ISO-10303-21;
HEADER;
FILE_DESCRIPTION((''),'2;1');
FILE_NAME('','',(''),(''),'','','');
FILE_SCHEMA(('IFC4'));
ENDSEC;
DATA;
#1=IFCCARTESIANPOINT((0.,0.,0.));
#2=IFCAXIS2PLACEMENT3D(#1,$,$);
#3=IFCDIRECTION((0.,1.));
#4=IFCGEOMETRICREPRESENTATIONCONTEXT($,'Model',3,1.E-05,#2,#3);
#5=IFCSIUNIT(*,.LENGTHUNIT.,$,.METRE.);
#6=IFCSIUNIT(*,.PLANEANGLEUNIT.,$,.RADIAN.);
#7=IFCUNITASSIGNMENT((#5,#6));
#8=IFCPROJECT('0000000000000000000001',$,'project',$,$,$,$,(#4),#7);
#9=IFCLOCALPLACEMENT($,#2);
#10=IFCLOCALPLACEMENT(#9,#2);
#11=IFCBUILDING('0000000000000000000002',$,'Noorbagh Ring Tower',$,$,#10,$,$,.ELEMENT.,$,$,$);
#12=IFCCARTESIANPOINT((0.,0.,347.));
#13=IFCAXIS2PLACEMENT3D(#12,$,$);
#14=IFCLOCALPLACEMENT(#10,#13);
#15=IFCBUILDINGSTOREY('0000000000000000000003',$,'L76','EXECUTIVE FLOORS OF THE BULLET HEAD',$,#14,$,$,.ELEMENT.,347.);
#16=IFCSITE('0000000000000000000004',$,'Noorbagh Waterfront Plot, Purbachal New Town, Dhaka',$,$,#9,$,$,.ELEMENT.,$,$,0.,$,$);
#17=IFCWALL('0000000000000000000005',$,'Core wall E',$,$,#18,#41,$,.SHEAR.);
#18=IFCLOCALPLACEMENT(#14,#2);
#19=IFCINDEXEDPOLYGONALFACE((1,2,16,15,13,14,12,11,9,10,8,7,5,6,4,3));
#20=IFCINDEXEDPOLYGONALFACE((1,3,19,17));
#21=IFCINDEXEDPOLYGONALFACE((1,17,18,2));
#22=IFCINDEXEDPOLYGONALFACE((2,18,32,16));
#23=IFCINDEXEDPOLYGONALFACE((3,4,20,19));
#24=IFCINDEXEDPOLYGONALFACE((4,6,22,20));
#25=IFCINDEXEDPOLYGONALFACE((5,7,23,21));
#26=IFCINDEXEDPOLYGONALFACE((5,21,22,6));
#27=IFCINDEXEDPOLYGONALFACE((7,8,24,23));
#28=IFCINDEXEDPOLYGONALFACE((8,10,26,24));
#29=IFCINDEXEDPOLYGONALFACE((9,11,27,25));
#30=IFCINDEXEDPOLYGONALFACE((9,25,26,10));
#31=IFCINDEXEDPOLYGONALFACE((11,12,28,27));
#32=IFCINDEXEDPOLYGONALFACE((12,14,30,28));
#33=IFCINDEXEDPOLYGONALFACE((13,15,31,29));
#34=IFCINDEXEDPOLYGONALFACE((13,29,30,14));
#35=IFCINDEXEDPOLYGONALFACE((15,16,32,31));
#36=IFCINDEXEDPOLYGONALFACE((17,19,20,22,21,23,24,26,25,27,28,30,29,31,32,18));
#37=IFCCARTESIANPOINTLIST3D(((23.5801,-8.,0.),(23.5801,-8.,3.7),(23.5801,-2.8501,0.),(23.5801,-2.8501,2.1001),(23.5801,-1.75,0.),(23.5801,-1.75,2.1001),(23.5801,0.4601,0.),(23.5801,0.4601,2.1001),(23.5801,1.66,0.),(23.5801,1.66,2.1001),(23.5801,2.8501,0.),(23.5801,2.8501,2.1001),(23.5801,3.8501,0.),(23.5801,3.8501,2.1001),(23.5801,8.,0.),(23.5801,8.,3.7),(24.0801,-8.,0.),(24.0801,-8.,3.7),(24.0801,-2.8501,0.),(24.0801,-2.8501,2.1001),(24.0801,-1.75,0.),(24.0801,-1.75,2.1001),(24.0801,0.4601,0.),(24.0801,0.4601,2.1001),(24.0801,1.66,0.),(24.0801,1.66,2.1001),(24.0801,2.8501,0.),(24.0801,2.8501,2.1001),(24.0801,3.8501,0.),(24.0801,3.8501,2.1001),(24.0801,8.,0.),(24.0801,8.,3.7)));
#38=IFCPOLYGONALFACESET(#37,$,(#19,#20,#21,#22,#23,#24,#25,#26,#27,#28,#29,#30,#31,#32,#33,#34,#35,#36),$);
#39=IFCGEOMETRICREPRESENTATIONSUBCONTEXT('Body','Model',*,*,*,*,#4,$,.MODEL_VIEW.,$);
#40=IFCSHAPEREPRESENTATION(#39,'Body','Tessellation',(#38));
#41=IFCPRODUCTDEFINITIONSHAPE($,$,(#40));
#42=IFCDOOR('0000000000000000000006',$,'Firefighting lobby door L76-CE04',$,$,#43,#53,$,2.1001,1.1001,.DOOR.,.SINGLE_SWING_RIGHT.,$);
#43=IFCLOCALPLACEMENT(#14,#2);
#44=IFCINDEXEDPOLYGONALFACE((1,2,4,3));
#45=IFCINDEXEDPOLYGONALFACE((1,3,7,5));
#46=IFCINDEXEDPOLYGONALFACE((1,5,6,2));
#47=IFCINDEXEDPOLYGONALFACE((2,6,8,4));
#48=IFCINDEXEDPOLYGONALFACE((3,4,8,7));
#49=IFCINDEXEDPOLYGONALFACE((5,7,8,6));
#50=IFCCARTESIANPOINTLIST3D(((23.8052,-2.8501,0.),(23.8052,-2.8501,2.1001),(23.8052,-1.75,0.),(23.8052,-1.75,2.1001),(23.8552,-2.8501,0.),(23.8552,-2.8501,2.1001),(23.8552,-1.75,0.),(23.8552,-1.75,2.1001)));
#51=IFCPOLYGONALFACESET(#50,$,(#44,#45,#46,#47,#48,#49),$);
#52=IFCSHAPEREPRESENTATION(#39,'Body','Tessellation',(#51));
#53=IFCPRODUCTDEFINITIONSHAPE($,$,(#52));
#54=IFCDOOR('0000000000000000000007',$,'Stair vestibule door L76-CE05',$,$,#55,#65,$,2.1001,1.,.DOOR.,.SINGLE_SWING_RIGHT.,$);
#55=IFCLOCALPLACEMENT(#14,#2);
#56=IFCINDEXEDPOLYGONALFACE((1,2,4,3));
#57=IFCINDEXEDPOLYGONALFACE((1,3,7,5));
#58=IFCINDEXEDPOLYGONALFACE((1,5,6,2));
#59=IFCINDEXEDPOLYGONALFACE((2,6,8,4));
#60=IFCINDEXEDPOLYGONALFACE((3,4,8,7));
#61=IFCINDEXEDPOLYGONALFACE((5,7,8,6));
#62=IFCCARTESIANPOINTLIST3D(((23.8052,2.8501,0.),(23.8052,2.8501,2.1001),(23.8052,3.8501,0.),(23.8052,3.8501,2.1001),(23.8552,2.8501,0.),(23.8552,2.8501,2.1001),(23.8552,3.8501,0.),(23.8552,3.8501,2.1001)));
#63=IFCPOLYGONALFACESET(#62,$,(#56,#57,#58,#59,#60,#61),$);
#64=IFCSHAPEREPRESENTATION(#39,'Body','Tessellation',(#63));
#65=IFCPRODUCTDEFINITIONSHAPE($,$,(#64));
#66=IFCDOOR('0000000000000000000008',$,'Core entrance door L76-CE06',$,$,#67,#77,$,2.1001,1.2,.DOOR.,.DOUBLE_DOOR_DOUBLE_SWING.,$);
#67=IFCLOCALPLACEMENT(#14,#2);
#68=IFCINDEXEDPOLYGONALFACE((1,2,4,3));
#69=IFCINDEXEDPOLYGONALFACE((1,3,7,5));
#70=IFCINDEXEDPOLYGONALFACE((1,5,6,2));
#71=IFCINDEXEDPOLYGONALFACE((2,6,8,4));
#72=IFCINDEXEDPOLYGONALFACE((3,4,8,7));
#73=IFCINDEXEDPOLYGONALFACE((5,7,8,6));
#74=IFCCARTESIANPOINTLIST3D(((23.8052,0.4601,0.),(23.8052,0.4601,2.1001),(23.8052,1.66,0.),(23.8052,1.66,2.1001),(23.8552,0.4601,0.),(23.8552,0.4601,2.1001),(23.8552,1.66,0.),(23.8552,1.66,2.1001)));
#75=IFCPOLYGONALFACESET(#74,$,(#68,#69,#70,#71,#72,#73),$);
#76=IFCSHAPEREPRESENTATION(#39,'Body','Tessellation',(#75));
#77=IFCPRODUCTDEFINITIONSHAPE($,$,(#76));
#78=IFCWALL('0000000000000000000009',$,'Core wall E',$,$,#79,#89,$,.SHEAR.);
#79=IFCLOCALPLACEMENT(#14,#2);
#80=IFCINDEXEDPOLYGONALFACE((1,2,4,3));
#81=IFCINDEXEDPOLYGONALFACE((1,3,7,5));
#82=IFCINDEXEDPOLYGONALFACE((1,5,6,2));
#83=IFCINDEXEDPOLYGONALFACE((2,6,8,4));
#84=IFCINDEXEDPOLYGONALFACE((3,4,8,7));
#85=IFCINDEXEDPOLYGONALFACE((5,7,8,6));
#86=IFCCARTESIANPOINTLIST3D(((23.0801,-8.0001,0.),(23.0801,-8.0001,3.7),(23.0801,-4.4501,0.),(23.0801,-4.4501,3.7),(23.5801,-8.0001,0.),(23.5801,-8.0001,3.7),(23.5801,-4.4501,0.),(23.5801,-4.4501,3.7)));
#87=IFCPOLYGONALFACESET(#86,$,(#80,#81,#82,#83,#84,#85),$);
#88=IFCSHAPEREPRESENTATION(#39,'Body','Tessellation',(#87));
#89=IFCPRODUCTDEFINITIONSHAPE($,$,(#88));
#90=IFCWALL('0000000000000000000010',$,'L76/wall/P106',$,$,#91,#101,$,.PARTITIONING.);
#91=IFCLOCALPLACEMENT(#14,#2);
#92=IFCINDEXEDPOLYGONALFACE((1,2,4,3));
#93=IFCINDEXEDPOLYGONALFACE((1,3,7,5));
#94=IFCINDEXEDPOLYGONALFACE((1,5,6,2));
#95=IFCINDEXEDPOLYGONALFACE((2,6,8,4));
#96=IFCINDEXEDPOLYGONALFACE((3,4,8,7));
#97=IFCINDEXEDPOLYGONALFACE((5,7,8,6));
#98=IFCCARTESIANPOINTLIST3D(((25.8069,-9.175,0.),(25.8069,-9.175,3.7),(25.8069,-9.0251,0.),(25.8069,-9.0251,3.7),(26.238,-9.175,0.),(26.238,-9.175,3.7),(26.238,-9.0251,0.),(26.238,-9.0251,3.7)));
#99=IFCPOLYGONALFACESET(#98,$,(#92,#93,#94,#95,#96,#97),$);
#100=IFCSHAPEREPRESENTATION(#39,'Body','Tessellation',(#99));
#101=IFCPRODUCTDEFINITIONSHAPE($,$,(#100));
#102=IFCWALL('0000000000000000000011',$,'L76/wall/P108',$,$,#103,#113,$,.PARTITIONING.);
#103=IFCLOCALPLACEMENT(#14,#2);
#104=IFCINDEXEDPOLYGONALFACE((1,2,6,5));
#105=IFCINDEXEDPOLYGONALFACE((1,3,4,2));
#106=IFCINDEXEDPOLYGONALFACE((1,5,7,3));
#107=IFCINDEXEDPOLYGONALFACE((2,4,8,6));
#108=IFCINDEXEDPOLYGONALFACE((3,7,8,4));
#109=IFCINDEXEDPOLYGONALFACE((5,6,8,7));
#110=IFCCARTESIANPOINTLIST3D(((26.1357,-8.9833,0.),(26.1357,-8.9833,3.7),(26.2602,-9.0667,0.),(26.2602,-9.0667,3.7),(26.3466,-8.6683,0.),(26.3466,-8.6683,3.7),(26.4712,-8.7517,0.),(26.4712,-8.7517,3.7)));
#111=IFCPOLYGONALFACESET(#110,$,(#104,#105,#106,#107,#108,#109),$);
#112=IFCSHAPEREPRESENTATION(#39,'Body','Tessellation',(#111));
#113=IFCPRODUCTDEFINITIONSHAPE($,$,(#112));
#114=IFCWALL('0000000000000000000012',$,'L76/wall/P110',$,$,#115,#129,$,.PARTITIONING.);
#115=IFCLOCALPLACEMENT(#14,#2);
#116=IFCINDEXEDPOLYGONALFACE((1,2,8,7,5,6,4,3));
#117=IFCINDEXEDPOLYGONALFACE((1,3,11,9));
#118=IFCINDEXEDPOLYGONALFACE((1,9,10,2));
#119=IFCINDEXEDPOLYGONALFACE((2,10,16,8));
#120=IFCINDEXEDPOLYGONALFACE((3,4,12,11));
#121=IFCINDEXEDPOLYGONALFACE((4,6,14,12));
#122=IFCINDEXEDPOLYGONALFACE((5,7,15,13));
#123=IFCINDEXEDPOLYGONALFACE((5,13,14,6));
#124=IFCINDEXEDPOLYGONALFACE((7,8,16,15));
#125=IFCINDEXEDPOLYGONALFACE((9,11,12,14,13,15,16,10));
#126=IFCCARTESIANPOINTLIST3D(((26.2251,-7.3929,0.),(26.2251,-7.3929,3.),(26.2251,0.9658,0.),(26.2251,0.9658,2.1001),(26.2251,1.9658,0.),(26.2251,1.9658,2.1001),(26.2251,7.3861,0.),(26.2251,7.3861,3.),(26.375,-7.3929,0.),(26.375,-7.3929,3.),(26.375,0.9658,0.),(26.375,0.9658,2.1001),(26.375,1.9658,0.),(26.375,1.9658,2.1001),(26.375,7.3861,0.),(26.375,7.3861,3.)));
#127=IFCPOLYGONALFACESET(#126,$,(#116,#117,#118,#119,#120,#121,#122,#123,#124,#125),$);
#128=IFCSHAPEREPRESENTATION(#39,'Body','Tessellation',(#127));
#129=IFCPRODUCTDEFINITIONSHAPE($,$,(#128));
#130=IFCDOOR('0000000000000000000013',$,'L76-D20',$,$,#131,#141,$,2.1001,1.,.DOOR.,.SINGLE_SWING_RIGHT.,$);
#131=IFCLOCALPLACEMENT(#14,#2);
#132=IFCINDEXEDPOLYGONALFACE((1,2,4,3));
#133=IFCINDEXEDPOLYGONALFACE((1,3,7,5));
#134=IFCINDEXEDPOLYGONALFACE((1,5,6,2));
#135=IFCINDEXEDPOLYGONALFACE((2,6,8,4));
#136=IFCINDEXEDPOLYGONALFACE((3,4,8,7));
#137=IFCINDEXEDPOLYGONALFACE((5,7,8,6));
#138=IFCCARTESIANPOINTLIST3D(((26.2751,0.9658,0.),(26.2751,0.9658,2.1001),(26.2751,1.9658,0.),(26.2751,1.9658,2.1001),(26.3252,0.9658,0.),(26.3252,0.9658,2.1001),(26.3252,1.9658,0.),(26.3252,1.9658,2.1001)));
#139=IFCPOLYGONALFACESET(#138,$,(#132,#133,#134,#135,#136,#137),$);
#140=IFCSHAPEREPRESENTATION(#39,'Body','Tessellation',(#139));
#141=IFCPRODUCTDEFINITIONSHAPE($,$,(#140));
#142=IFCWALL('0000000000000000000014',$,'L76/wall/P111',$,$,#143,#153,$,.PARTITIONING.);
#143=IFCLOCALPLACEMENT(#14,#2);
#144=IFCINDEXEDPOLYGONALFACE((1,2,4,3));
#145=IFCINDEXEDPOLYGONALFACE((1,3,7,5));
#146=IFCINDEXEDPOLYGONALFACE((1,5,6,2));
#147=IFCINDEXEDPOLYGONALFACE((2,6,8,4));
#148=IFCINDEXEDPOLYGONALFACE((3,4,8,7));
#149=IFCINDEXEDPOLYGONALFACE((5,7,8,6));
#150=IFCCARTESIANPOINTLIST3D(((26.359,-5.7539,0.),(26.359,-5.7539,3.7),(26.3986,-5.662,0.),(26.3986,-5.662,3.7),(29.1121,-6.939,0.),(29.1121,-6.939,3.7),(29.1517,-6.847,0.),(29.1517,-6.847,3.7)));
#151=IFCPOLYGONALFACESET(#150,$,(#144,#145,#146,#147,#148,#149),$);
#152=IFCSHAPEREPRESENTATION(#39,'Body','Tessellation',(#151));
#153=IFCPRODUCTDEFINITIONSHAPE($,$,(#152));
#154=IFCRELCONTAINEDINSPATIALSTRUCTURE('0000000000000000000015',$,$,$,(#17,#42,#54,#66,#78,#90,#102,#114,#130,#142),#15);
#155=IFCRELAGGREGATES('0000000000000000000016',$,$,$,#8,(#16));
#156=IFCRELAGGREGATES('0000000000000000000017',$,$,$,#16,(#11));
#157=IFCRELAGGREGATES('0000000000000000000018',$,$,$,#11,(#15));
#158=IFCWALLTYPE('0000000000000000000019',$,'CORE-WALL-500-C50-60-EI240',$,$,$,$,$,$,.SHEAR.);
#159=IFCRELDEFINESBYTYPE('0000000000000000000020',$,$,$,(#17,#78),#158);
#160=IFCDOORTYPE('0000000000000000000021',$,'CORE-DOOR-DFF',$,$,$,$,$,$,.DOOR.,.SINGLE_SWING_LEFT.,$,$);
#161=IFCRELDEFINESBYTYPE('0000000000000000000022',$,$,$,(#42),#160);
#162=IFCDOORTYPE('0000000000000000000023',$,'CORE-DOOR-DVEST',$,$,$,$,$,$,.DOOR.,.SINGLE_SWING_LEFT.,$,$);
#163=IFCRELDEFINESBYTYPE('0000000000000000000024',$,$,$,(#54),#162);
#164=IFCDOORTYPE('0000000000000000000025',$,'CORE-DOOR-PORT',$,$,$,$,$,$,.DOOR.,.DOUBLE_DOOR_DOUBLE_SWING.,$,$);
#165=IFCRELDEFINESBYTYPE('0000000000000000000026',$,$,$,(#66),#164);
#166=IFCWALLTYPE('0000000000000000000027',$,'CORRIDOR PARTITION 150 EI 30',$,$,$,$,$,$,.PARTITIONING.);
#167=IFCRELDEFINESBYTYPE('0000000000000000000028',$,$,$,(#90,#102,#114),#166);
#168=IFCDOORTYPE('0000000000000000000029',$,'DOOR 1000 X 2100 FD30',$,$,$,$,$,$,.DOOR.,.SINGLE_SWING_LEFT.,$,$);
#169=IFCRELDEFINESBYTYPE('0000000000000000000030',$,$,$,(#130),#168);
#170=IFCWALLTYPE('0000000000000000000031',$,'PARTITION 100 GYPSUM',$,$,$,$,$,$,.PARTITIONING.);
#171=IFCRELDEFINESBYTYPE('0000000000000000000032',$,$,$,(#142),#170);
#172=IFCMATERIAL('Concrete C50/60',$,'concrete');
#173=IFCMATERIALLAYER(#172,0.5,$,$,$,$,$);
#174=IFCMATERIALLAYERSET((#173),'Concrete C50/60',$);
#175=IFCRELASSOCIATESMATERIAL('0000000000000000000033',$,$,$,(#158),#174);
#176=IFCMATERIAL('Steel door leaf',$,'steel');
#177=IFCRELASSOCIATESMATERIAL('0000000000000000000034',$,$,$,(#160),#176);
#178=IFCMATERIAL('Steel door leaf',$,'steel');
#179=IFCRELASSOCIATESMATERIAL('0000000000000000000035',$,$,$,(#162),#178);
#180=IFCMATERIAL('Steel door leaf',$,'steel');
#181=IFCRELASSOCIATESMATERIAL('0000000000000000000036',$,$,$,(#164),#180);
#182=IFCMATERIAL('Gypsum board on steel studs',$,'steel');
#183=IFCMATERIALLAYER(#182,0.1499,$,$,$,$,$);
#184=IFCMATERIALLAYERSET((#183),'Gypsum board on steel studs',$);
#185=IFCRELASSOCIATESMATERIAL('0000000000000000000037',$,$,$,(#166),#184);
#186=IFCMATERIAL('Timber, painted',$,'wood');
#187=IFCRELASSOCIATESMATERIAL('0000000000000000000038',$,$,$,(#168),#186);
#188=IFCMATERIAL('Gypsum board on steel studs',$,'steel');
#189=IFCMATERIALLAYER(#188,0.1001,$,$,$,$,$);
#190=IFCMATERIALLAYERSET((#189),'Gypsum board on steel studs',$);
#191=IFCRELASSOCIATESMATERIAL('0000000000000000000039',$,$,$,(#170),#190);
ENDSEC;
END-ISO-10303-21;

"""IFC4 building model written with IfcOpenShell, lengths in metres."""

from ifc_helpers import new_model, si_unit, direction, frame, frame_2d, origin, place, context, subcontext, project, spatial, rectangle, extrude, material, layer, layer_set, type_object, element, fill, save


model = new_model("IFC4")

# Units and contexts
model_context = context("Model", 3, precision=1e-05, world=origin(), true_north=direction((0.0, 1.0)))
body_context = subcontext(model_context, "Body", "Model", "MODEL_VIEW")
ifc_project = project(units=[si_unit("LENGTHUNIT", "METRE"), si_unit("PLANEANGLEUNIT", "RADIAN")], contexts=[model_context])

# Site, building, storey
site_placement = place(None, origin())
site = spatial("IfcSite", under=ifc_project, at=site_placement, Name="Noorbagh Waterfront Plot, Purbachal New Town, Dhaka", CompositionType="ELEMENT", RefElevation=0.0)
building_placement = place(site_placement, origin())
building = spatial("IfcBuilding", under=site, at=building_placement, Name="Noorbagh Ring Tower", CompositionType="ELEMENT")
storey_placement = place(building_placement, frame((0.0, 0.0, 347.0)))
storey = spatial("IfcBuildingStorey", under=building, at=storey_placement, Name="L76", Description="EXECUTIVE FLOORS OF THE BULLET HEAD", CompositionType="ELEMENT", Elevation=347.0)

# Shared definitions
ifc_material_1 = material(Name="Concrete C50/60", Category="concrete")
ifc_layer_1 = layer(ifc_material_1, 0.5)
ifc_layer_set_1 = layer_set([ifc_layer_1], Name="Concrete C50/60")
wall_type_1 = type_object("IfcWallType", Name="CORE-WALL-500-C50-60-EI240", PredefinedType="SHEAR", material=ifc_layer_set_1)

# Wall, openings, doors
wall_1_placement = place(storey_placement, frame((23.8301, -8.0, 0.0), z_axis=(0.0, 0.0, 1.0), x_axis=(0.0, 1.0, 0.0)))
wall_1 = element("IfcWall", 1, at=wall_1_placement, inside=storey, type_object=wall_type_1, Name="Core wall E", PredefinedType="SHEAR", context=body_context, shape_type="SweptSolid", body=[
    extrude(rectangle(XDim=16.0, YDim=0.5, at=frame_2d((8.0, 0.0))), origin(), (0.0, 0.0, 1.0), 3.7),
])
opening_1_placement = place(wall_1_placement, frame((5.1499, 0.0, 0.0)))
opening_1 = element("IfcOpeningElement", 2, at=opening_1_placement, cuts=wall_1, PredefinedType="OPENING", context=body_context, shape_type="SweptSolid", body=[
    extrude(rectangle(XDim=1.1001, YDim=2.1001, at=frame_2d((0.55, 1.05))), frame((0.0, 0.26, 0.0), z_axis=(0.0, -1.0, 0.0), x_axis=(1.0, 0.0, 0.0)), (0.0, 0.0, 1.0), 0.52),
])
opening_2_placement = place(wall_1_placement, frame((10.8501, 0.0, 0.0)))
opening_2 = element("IfcOpeningElement", 3, at=opening_2_placement, cuts=wall_1, PredefinedType="OPENING", context=body_context, shape_type="SweptSolid", body=[
    extrude(rectangle(XDim=1.0, YDim=2.1001, at=frame_2d((0.5, 1.05))), frame((0.0, 0.26, 0.0), z_axis=(0.0, -1.0, 0.0), x_axis=(1.0, 0.0, 0.0)), (0.0, 0.0, 1.0), 0.52),
])
opening_3_placement = place(wall_1_placement, frame((8.46, 0.0, 0.0)))
opening_3 = element("IfcOpeningElement", 4, at=opening_3_placement, cuts=wall_1, PredefinedType="OPENING", context=body_context, shape_type="SweptSolid", body=[
    extrude(rectangle(XDim=1.2, YDim=2.1001, at=frame_2d((0.6001, 1.05))), frame((0.0, 0.26, 0.0), z_axis=(0.0, -1.0, 0.0), x_axis=(1.0, 0.0, 0.0)), (0.0, 0.0, 1.0), 0.52),
])
ifc_material_2 = material(Name="Steel door leaf", Category="steel")
door_type_1 = type_object("IfcDoorType", Name="CORE-DOOR-DFF", OperationType="SINGLE_SWING_LEFT", PredefinedType="DOOR", material=ifc_material_2)
door_1_placement = place(opening_1_placement, origin())
door_1 = element("IfcDoor", 5, at=door_1_placement, inside=storey, type_object=door_type_1, Name="Firefighting lobby door L76-CE04", OperationType="SINGLE_SWING_RIGHT", OverallHeight=2.1001, OverallWidth=1.1001, PredefinedType="DOOR", context=body_context, shape_type="SweptSolid", body=[
    extrude(rectangle(XDim=1.1001, YDim=2.1001, at=frame_2d((0.55, 1.05))), frame((0.0, 0.0249, 0.0), z_axis=(0.0, -1.0, 0.0), x_axis=(1.0, 0.0, 0.0)), (0.0, 0.0, 1.0), 0.05),
])
fill(opening_1, door_1)
ifc_material_3 = material(Name="Steel door leaf", Category="steel")
door_type_2 = type_object("IfcDoorType", Name="CORE-DOOR-DVEST", OperationType="SINGLE_SWING_LEFT", PredefinedType="DOOR", material=ifc_material_3)
door_2_placement = place(opening_2_placement, origin())
door_2 = element("IfcDoor", 6, at=door_2_placement, inside=storey, type_object=door_type_2, Name="Stair vestibule door L76-CE05", OperationType="SINGLE_SWING_RIGHT", OverallHeight=2.1001, OverallWidth=1.0, PredefinedType="DOOR", context=body_context, shape_type="SweptSolid", body=[
    extrude(rectangle(XDim=1.0, YDim=2.1001, at=frame_2d((0.5, 1.05))), frame((0.0, 0.0249, 0.0), z_axis=(0.0, -1.0, 0.0), x_axis=(1.0, 0.0, 0.0)), (0.0, 0.0, 1.0), 0.05),
])
fill(opening_2, door_2)
ifc_material_4 = material(Name="Steel door leaf", Category="steel")
door_type_3 = type_object("IfcDoorType", Name="CORE-DOOR-PORT", OperationType="DOUBLE_DOOR_DOUBLE_SWING", PredefinedType="DOOR", material=ifc_material_4)
door_3_placement = place(opening_3_placement, origin())
door_3 = element("IfcDoor", 7, at=door_3_placement, inside=storey, type_object=door_type_3, Name="Core entrance door L76-CE06", OperationType="DOUBLE_DOOR_DOUBLE_SWING", OverallHeight=2.1001, OverallWidth=1.2, PredefinedType="DOOR", context=body_context, shape_type="SweptSolid", body=[
    extrude(rectangle(XDim=1.2, YDim=2.1001, at=frame_2d((0.6001, 1.05))), frame((0.0, 0.0249, 0.0), z_axis=(0.0, -1.0, 0.0), x_axis=(1.0, 0.0, 0.0)), (0.0, 0.0, 1.0), 0.05),
])
fill(opening_3, door_3)

# Walls
wall_2_placement = place(storey_placement, frame((23.3301, -8.0, 0.0), z_axis=(0.0, 0.0, 1.0), x_axis=(0.0, 1.0, 0.0)))
element("IfcWall", 8, at=wall_2_placement, inside=storey, type_object=wall_type_1, Name="Core wall E", PredefinedType="SHEAR", context=body_context, shape_type="SweptSolid", body=[
    extrude(rectangle(XDim=3.55, YDim=0.5, at=frame_2d((1.7749, 0.0))), origin(), (0.0, 0.0, 1.0), 3.7),
])
ifc_material_5 = material(Name="Gypsum board on steel studs", Category="steel")
ifc_layer_2 = layer(ifc_material_5, 0.1499)
ifc_layer_set_2 = layer_set([ifc_layer_2], Name="Gypsum board on steel studs")
wall_type_2 = type_object("IfcWallType", Name="CORRIDOR PARTITION 150 EI 30", PredefinedType="PARTITIONING", material=ifc_layer_set_2)
wall_3_placement = place(storey_placement, frame((25.8069, -9.1001, 0.0), z_axis=(0.0, 0.0, 1.0), x_axis=(1.0, 0.0, 0.0)))
element("IfcWall", 9, at=wall_3_placement, inside=storey, type_object=wall_type_2, Name="L76/wall/P106", PredefinedType="PARTITIONING", context=body_context, shape_type="SweptSolid", body=[
    extrude(rectangle(XDim=0.4312, YDim=0.1499, at=frame_2d((0.2156, 0.0))), origin(), (0.0, 0.0, 1.0), 3.7),
])
wall_4_placement = place(storey_placement, frame((26.198, -9.0249, 0.0), z_axis=(0.0, 0.0, 1.0), x_axis=(0.556483, 0.830859, 0.0)))
element("IfcWall", 10, at=wall_4_placement, inside=storey, type_object=wall_type_2, Name="L76/wall/P108", PredefinedType="PARTITIONING", context=body_context, shape_type="SweptSolid", body=[
    extrude(rectangle(XDim=0.3792, YDim=0.1499, at=frame_2d((0.1895, 0.0))), origin(), (0.0, 0.0, 1.0), 3.7),
])

# Wall, opening, door
wall_5_placement = place(storey_placement, frame((26.3, -7.3931, 0.0), z_axis=(0.0, 0.0, 1.0), x_axis=(0.0, 1.0, 0.0)))
wall_5 = element("IfcWall", 11, at=wall_5_placement, inside=storey, type_object=wall_type_2, Name="L76/wall/P110", PredefinedType="PARTITIONING", context=body_context, shape_type="SweptSolid", body=[
    extrude(rectangle(XDim=14.7791, YDim=0.1499, at=frame_2d((7.3896, 0.0))), origin(), (0.0, 0.0, 1.0), 3.0),
])
opening_4_placement = place(wall_5_placement, frame((8.3589, 0.0, 0.0)))
opening_4 = element("IfcOpeningElement", 12, at=opening_4_placement, cuts=wall_5, PredefinedType="OPENING", context=body_context, shape_type="SweptSolid", body=[
    extrude(rectangle(XDim=1.0, YDim=2.1001, at=frame_2d((0.5, 1.05))), frame((0.0, 0.085, 0.0), z_axis=(0.0, -1.0, 0.0), x_axis=(1.0, 0.0, 0.0)), (0.0, 0.0, 1.0), 0.1699),
])
ifc_material_6 = material(Name="Timber, painted", Category="wood")
door_type_4 = type_object("IfcDoorType", Name="DOOR 1000 X 2100 FD30", OperationType="SINGLE_SWING_LEFT", PredefinedType="DOOR", material=ifc_material_6)
door_4_placement = place(opening_4_placement, origin())
door_4 = element("IfcDoor", 13, at=door_4_placement, inside=storey, type_object=door_type_4, Name="L76-D20", OperationType="SINGLE_SWING_RIGHT", OverallHeight=2.1001, OverallWidth=1.0, PredefinedType="DOOR", context=body_context, shape_type="SweptSolid", body=[
    extrude(rectangle(XDim=1.0, YDim=2.1001, at=frame_2d((0.5, 1.05))), frame((0.0, 0.0249, 0.0), z_axis=(0.0, -1.0, 0.0), x_axis=(1.0, 0.0, 0.0)), (0.0, 0.0, 1.0), 0.05),
])
fill(opening_4, door_4)

# Wall
ifc_material_7 = material(Name="Gypsum board on steel studs", Category="steel")
ifc_layer_3 = layer(ifc_material_7, 0.1001)
ifc_layer_set_3 = layer_set([ifc_layer_3], Name="Gypsum board on steel studs")
wall_type_3 = type_object("IfcWallType", Name="PARTITION 100 GYPSUM", PredefinedType="PARTITIONING", material=ifc_layer_set_3)
wall_6_placement = place(storey_placement, frame((26.3789, -5.708, 0.0), z_axis=(0.0, 0.0, 1.0), x_axis=(0.918525, -0.395364, 0.0)))
element("IfcWall", 14, at=wall_6_placement, inside=storey, type_object=wall_type_3, Name="L76/wall/P111", PredefinedType="PARTITIONING", context=body_context, shape_type="SweptSolid", body=[
    extrude(rectangle(XDim=2.9973, YDim=0.1001, at=frame_2d((1.4985, 0.0))), origin(), (0.0, 0.0, 1.0), 3.7),
])

save(model, "model.ifc")
